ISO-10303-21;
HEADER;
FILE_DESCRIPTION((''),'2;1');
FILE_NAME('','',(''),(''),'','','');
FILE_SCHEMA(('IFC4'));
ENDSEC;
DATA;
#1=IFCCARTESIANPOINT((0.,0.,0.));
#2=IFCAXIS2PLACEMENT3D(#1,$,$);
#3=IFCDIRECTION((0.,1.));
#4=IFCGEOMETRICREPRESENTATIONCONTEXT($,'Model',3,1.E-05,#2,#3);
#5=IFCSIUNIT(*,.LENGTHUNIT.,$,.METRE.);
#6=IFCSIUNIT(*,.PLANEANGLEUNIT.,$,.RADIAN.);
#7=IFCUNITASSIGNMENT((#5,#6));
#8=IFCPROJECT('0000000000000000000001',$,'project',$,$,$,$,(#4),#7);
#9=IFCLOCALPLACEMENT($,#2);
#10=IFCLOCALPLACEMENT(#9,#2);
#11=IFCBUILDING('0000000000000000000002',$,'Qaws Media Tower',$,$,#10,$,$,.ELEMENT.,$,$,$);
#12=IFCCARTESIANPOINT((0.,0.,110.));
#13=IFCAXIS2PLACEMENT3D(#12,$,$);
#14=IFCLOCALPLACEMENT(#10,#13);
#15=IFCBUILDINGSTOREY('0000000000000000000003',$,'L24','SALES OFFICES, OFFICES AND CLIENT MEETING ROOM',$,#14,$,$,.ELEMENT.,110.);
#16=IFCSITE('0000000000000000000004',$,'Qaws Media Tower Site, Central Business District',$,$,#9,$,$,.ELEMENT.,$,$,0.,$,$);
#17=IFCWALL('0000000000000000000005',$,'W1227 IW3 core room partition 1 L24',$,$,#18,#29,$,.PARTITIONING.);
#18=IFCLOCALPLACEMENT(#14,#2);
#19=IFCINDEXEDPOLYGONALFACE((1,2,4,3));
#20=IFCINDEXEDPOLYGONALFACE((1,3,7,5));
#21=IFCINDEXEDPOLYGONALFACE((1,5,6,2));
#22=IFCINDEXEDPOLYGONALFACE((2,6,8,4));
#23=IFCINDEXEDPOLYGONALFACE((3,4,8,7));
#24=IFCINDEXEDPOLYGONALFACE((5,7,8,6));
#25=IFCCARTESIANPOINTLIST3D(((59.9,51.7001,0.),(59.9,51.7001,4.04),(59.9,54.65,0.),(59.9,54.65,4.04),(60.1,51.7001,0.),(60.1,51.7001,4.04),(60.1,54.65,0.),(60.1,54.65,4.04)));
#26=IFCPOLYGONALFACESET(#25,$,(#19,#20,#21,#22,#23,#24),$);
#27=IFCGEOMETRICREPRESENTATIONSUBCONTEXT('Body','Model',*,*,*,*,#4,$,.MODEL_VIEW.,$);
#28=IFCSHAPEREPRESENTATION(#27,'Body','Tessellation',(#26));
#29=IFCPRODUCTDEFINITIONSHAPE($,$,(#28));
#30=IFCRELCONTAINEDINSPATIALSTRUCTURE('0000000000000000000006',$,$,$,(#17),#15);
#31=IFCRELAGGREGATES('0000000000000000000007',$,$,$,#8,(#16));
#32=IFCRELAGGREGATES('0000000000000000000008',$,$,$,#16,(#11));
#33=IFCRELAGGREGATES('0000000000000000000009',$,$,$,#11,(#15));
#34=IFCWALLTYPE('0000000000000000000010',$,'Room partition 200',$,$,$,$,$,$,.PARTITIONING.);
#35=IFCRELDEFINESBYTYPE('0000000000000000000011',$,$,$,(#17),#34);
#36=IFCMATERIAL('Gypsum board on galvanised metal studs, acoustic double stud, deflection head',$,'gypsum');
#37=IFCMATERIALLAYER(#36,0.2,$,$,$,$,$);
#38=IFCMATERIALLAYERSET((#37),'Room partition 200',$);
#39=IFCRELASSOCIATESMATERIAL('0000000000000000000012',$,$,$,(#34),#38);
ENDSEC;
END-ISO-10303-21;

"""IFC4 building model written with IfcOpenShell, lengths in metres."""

from ifc_helpers import new_model, si_unit, direction, frame, frame_2d, origin, place, context, subcontext, project, spatial, rectangle, extrude, material, layer, layer_set, type_object, element, save


model = new_model("IFC4")

# Units and contexts
model_context = context("Model", 3, precision=1e-05, world=origin(), true_north=direction((0.0, 1.0)))
body_context = subcontext(model_context, "Body", "Model", "MODEL_VIEW")
ifc_project = project(units=[si_unit("LENGTHUNIT", "METRE"), si_unit("PLANEANGLEUNIT", "RADIAN")], contexts=[model_context])

# Site, building, storey
site_placement = place(None, origin())
site = spatial("IfcSite", under=ifc_project, at=site_placement, Name="Qaws Media Tower Site, Central Business District", CompositionType="ELEMENT", RefElevation=0.0)
building_placement = place(site_placement, origin())
building = spatial("IfcBuilding", under=site, at=building_placement, Name="Qaws Media Tower", CompositionType="ELEMENT")
storey_placement = place(building_placement, frame((0.0, 0.0, 110.0)))
storey = spatial("IfcBuildingStorey", under=building, at=storey_placement, Name="L24", Description="SALES OFFICES, OFFICES AND CLIENT MEETING ROOM", CompositionType="ELEMENT", Elevation=110.0)

# Wall
ifc_material_1 = material(Name="Gypsum board on galvanised metal studs, acoustic double stud, deflection head", Category="gypsum")
ifc_layer_1 = layer(ifc_material_1, 0.2)
ifc_layer_set_1 = layer_set([ifc_layer_1], Name="Room partition 200")
wall_type_1 = type_object("IfcWallType", Name="Room partition 200", PredefinedType="PARTITIONING", material=ifc_layer_set_1)
wall_1_placement = place(storey_placement, frame((60.0, 51.7, 0.0), z_axis=(0.0, 0.0, 1.0), x_axis=(0.0, 1.0, 0.0)))
element("IfcWall", 1, at=wall_1_placement, inside=storey, type_object=wall_type_1, Name="W1227 IW3 core room partition 1 L24", PredefinedType="PARTITIONING", context=body_context, shape_type="SweptSolid", body=[
    extrude(rectangle(XDim=2.95, YDim=0.2, at=frame_2d((1.4751, 0.0))), origin(), (0.0, 0.0, 1.0), 4.04),
])

save(model, "model.ifc")
